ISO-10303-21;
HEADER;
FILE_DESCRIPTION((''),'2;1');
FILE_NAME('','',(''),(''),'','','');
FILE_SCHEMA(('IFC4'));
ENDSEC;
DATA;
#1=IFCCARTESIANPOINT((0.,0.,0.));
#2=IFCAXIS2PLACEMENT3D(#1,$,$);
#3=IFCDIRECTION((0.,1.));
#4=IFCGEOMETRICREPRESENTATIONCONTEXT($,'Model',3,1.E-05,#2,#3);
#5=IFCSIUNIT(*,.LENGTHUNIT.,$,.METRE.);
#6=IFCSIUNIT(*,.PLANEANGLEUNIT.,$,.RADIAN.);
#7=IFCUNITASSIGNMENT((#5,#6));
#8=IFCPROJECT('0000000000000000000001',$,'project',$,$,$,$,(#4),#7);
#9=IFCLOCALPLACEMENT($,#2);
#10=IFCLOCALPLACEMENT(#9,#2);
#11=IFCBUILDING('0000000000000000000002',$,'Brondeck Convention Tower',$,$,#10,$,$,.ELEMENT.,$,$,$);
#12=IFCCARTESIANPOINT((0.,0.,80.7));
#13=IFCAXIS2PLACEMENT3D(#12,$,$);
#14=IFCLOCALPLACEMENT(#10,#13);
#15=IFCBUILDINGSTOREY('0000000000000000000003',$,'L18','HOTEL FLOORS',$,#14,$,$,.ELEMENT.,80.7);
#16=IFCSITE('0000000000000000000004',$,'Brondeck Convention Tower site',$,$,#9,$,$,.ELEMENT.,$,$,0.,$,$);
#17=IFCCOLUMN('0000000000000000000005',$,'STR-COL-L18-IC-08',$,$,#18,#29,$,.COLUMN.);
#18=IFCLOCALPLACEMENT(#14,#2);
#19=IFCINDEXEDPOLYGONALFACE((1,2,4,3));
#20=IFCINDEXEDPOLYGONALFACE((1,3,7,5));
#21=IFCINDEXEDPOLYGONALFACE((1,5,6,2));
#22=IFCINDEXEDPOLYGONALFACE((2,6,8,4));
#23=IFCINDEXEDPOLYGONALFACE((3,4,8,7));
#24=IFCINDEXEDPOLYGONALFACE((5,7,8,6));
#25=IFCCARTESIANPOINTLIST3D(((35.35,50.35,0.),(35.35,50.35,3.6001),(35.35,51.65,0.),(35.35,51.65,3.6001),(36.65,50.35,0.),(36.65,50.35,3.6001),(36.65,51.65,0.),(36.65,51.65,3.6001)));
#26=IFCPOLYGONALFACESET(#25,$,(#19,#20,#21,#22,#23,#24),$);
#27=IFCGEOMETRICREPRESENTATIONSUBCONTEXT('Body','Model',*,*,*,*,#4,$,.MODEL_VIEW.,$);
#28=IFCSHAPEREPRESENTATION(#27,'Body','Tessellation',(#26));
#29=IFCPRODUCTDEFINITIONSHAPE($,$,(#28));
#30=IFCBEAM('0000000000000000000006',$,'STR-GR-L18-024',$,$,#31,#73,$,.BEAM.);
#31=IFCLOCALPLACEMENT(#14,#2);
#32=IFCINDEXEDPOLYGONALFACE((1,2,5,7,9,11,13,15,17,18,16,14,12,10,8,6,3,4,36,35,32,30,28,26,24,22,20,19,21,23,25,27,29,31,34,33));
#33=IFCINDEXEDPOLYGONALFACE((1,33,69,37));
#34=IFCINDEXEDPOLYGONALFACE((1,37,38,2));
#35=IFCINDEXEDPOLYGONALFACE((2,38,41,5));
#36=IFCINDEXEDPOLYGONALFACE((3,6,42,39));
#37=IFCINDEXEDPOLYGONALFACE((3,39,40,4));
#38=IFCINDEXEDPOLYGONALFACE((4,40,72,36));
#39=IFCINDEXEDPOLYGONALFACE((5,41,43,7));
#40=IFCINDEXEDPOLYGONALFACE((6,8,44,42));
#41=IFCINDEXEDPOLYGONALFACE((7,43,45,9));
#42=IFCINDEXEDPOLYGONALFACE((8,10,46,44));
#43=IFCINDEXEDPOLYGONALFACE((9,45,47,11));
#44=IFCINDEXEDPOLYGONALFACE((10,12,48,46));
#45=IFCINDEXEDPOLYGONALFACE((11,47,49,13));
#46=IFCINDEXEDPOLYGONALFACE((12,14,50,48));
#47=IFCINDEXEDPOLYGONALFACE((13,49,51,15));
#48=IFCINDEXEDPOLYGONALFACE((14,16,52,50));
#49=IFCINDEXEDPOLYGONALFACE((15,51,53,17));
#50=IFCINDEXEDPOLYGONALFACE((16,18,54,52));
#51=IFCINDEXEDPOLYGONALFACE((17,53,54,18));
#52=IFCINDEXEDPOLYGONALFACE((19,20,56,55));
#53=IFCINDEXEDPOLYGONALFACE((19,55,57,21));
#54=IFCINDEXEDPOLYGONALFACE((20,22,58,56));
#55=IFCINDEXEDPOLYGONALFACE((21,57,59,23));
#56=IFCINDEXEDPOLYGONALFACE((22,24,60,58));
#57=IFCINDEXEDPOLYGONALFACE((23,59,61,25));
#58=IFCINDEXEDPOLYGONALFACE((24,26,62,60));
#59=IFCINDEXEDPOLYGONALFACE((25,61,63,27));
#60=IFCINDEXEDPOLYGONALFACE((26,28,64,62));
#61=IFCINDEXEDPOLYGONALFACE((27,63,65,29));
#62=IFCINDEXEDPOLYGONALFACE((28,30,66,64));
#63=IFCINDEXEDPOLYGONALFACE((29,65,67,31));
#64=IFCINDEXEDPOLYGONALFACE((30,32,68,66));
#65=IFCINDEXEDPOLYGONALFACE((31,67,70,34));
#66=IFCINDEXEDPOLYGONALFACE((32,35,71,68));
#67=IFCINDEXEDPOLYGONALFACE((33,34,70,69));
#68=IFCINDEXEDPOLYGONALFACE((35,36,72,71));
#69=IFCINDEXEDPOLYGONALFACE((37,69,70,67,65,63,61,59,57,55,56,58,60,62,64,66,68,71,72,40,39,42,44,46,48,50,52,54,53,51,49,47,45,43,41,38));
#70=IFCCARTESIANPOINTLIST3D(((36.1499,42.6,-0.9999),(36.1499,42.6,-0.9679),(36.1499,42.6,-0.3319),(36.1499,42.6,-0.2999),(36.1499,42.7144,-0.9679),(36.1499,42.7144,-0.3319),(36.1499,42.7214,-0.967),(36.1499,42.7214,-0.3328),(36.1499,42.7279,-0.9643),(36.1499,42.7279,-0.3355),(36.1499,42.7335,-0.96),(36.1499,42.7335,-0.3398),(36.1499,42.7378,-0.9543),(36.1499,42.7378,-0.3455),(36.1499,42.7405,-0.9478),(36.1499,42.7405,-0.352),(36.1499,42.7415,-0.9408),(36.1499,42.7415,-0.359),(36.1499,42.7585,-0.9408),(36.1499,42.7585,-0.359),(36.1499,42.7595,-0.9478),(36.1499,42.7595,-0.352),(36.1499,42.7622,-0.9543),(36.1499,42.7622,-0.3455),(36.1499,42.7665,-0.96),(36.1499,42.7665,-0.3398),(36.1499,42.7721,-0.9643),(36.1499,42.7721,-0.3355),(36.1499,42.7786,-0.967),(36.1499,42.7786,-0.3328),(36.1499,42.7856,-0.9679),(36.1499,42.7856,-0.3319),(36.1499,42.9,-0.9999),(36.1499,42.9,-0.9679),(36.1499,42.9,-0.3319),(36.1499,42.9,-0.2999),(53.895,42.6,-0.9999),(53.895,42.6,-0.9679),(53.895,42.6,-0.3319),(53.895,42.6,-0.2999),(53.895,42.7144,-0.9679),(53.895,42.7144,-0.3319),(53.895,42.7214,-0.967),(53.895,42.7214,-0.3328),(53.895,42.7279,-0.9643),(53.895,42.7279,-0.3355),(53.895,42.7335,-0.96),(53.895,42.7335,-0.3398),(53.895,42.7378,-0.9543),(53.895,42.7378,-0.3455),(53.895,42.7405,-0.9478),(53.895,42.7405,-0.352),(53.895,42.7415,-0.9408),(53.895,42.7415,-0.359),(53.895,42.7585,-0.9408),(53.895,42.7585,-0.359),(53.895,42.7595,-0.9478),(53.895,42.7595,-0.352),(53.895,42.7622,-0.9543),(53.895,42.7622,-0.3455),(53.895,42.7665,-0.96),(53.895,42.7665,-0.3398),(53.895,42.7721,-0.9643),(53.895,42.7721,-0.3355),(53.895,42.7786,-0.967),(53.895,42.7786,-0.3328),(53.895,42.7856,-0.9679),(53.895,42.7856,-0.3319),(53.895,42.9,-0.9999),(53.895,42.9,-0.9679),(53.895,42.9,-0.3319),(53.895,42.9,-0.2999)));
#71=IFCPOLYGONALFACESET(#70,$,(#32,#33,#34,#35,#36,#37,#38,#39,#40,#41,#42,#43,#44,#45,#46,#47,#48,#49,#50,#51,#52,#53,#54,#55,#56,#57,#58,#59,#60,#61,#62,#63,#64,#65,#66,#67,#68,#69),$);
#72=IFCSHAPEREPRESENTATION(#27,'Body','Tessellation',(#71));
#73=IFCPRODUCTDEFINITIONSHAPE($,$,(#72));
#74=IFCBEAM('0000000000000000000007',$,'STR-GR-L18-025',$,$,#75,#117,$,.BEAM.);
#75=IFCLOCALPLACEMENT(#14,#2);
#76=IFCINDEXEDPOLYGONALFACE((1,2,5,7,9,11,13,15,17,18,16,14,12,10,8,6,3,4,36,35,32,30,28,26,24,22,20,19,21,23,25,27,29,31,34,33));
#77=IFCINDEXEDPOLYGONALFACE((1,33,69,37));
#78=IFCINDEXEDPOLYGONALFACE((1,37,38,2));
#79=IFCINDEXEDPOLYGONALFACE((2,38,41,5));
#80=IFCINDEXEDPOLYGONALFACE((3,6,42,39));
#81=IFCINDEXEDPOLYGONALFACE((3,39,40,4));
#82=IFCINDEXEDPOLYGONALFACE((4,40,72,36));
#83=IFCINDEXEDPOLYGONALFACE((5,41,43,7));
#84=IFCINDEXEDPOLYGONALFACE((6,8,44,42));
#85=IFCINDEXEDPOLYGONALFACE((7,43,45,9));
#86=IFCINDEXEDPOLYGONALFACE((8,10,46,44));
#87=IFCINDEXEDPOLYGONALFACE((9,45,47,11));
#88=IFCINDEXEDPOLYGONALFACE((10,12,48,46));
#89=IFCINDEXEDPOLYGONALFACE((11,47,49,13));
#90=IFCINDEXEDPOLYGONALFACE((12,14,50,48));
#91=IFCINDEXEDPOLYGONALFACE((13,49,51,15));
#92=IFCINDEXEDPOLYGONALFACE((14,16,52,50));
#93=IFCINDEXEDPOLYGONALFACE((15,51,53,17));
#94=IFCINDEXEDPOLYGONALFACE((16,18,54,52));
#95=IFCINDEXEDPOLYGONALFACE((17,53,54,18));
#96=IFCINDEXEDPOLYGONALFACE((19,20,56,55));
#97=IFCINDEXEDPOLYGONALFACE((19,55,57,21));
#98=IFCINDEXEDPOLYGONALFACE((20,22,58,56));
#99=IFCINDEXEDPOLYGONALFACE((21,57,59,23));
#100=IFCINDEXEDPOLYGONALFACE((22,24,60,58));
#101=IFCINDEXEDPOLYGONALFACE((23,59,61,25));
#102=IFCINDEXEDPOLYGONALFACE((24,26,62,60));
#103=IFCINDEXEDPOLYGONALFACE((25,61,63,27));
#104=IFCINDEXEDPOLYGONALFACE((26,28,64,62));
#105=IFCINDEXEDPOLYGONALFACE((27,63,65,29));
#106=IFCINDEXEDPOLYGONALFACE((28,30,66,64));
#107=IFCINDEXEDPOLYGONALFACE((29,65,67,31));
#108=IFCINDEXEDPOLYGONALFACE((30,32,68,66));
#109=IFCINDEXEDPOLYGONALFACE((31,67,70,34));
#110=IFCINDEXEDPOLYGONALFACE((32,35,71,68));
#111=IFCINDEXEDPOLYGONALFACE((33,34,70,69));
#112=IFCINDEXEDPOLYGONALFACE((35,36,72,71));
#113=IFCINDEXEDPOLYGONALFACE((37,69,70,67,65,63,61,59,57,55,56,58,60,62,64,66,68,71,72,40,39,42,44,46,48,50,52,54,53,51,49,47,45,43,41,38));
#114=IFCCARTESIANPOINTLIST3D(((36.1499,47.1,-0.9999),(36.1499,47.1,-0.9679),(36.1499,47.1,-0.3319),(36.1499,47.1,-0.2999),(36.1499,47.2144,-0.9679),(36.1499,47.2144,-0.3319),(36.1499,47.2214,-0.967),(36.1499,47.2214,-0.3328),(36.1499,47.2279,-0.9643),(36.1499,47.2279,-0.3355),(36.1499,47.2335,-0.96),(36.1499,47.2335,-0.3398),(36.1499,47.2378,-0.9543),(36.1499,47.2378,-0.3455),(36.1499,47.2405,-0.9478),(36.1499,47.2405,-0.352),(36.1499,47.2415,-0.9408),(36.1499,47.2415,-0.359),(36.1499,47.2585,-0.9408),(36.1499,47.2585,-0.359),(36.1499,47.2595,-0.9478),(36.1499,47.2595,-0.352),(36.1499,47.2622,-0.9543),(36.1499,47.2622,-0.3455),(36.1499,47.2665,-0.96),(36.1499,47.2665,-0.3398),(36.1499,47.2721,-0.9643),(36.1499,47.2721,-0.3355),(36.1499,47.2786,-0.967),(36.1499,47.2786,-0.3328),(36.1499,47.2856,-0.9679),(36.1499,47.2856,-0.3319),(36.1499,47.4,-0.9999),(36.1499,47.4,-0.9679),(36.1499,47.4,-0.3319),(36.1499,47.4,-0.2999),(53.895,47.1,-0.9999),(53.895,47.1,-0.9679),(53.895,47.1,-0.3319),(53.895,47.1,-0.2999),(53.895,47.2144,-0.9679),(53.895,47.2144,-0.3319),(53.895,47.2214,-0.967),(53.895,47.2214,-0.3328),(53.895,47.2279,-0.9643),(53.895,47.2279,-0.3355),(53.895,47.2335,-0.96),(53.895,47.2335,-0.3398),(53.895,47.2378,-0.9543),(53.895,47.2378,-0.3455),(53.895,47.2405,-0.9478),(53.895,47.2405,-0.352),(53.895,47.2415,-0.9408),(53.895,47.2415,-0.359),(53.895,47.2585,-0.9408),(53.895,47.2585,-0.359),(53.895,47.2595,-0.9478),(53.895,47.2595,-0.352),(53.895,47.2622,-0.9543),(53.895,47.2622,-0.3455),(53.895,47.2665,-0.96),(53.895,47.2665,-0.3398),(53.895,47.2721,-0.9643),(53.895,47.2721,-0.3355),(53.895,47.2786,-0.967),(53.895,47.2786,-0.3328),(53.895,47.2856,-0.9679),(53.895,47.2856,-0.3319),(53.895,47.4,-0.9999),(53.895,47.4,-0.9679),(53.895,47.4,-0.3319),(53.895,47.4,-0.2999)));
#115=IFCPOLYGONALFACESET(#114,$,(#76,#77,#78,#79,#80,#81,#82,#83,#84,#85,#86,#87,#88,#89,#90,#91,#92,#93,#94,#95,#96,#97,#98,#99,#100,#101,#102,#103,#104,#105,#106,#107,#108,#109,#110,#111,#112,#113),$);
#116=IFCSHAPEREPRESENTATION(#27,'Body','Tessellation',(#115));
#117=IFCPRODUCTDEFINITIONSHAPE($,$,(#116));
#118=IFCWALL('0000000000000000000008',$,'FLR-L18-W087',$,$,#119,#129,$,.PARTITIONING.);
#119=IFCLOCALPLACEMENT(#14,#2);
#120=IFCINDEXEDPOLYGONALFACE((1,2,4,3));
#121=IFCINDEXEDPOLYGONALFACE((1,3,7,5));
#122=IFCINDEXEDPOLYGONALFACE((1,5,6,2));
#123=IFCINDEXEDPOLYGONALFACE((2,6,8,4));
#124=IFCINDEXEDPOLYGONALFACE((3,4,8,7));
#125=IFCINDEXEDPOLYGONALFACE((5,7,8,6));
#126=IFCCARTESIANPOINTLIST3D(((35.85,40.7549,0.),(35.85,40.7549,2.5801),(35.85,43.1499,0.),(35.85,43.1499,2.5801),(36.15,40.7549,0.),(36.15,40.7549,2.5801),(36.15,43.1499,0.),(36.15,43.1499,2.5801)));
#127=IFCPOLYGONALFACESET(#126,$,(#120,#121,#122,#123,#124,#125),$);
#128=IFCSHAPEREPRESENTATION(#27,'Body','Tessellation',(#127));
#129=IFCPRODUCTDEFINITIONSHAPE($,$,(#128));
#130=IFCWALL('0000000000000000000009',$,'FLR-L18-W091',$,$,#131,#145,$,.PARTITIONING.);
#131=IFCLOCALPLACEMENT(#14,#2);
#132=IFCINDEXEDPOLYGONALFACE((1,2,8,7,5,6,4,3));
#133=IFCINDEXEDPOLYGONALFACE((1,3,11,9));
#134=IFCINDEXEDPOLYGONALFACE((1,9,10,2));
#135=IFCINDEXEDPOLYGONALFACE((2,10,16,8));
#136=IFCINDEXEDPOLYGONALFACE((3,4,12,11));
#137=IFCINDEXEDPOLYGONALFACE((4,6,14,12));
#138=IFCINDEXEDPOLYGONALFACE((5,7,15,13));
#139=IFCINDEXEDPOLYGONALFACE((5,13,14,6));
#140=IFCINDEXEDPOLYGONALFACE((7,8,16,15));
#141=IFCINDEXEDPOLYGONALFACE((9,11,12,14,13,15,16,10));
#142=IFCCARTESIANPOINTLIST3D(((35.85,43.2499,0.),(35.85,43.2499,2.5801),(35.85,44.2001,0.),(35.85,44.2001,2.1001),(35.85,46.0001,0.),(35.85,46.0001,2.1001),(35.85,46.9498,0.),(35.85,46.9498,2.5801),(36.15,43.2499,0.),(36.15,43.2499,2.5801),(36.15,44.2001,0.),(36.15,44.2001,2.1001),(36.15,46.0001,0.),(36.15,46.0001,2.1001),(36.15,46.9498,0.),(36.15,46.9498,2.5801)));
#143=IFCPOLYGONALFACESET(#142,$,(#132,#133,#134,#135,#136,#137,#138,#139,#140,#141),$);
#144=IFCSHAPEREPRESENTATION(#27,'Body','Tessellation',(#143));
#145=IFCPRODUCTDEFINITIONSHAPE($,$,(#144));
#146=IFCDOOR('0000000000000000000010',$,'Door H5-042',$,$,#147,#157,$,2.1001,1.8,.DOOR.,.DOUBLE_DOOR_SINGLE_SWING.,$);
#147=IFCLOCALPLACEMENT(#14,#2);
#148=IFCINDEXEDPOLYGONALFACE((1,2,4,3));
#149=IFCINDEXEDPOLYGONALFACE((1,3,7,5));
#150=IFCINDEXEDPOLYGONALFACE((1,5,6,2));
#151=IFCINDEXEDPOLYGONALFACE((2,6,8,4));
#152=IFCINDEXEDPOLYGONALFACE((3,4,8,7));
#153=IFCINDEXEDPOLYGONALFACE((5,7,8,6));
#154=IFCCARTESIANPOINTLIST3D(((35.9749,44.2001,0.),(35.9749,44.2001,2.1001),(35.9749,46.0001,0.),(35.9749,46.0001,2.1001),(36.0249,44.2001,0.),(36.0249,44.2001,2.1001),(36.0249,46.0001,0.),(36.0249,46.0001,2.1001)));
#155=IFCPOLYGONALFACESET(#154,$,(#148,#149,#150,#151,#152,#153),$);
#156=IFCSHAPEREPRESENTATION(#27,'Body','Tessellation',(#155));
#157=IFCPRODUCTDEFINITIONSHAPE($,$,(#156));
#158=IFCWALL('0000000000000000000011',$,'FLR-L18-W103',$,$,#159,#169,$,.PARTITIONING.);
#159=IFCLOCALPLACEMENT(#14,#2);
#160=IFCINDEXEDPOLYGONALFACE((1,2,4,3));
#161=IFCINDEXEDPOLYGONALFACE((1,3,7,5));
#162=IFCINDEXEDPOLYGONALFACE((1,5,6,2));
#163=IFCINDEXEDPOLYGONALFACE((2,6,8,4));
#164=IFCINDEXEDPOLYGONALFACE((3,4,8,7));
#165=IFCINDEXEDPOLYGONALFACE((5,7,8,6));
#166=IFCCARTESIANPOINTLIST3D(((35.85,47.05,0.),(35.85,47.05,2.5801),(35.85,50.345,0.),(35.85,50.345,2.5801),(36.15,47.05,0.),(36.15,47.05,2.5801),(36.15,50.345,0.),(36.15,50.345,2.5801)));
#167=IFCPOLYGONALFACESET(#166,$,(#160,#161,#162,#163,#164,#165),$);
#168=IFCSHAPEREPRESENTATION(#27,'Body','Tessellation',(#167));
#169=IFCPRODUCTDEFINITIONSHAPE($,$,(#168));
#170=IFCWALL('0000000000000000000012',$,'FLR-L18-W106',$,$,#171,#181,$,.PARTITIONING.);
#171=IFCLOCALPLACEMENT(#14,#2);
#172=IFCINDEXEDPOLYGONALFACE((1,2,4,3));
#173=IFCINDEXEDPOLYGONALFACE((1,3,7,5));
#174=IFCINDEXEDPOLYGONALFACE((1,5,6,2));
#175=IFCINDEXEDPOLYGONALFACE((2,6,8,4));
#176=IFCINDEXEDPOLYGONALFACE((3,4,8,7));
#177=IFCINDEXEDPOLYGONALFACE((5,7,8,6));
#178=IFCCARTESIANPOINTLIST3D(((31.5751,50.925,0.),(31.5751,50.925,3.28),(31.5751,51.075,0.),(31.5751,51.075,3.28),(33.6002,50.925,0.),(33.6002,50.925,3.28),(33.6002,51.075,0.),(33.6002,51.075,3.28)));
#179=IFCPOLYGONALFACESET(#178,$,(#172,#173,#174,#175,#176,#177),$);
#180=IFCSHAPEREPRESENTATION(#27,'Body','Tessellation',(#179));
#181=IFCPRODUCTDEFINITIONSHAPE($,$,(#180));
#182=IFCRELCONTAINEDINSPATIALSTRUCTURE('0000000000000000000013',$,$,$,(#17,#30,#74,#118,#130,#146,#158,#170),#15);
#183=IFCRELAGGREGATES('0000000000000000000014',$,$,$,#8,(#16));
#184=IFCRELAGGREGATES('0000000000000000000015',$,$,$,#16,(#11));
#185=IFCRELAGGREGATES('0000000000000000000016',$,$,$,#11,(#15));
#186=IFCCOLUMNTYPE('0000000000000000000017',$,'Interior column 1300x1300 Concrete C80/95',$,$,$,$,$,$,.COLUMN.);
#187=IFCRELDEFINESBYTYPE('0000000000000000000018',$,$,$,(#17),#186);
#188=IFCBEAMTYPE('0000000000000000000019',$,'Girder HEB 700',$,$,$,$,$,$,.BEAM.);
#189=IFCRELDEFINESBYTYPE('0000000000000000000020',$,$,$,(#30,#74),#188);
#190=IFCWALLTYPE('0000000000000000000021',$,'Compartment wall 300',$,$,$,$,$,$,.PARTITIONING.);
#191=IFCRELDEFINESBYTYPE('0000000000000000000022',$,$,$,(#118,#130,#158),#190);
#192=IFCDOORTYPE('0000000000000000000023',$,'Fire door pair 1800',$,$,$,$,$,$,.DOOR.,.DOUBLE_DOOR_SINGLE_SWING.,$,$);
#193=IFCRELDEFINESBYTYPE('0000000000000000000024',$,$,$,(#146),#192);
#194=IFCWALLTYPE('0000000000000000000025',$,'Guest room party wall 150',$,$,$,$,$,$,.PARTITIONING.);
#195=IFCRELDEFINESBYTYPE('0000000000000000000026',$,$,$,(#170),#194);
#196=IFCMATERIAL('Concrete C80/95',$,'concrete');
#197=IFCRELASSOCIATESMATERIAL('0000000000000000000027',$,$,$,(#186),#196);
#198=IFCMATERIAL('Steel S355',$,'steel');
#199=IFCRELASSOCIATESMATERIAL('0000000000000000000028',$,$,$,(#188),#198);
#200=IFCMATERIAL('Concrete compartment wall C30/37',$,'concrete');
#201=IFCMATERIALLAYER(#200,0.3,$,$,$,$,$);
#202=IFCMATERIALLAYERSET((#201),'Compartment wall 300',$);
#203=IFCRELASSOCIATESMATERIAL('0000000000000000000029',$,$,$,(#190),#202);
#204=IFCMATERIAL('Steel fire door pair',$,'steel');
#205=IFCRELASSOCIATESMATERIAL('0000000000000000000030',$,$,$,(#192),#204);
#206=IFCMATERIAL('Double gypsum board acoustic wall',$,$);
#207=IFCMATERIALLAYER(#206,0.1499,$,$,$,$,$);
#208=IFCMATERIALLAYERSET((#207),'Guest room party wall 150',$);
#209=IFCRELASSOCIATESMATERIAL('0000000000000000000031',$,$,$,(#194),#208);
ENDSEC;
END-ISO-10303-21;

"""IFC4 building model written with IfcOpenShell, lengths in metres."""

from ifc_helpers import new_model, si_unit, direction, frame, frame_2d, origin, origin_2d, place, context, subcontext, project, spatial, rectangle, i_section, extrude, material, layer, layer_set, material_profile, profile_set, type_object, element, fill, save


model = new_model("IFC4")

# Units and contexts
model_context = context("Model", 3, precision=1e-05, world=origin(), true_north=direction((0.0, 1.0)))
body_context = subcontext(model_context, "Body", "Model", "MODEL_VIEW")
ifc_project = project(units=[si_unit("LENGTHUNIT", "METRE"), si_unit("PLANEANGLEUNIT", "RADIAN")], contexts=[model_context])

# Site, building, storey
site_placement = place(None, origin())
site = spatial("IfcSite", under=ifc_project, at=site_placement, Name="Brondeck Convention Tower site", CompositionType="ELEMENT", RefElevation=0.0)
building_placement = place(site_placement, origin())
building = spatial("IfcBuilding", under=site, at=building_placement, Name="Brondeck Convention Tower", CompositionType="ELEMENT")
storey_placement = place(building_placement, frame((0.0, 0.0, 80.7)))
storey = spatial("IfcBuildingStorey", under=building, at=storey_placement, Name="L18", Description="HOTEL FLOORS", CompositionType="ELEMENT", Elevation=80.7)

# Column
ifc_material_1 = material(Name="Concrete C80/95", Category="concrete")
ifc_material_profile_1 = material_profile(ifc_material_1, rectangle(XDim=1.3, YDim=1.3, at=origin_2d()), Name="Interior column 1300x1300 Concrete C80/95")
ifc_profile_set_1 = profile_set([ifc_material_profile_1], Name="Concrete C80/95")
column_type = type_object("IfcColumnType", Name="Interior column 1300x1300 Concrete C80/95", PredefinedType="COLUMN", material=ifc_profile_set_1)
column_placement = place(storey_placement, frame((36.0, 51.0, 0.0), z_axis=(0.0, 0.0, 1.0), x_axis=(1.0, 0.0, 0.0)))
element("IfcColumn", 1, at=column_placement, inside=storey, type_object=column_type, Name="STR-COL-L18-IC-08", PredefinedType="COLUMN", context=body_context, shape_type="SweptSolid", body=[
    extrude(rectangle(XDim=1.3, YDim=1.3, at=origin_2d()), origin(), (0.0, 0.0, 1.0), 3.6001),
])

# Beams
ifc_material_2 = material(Name="Steel S355", Category="steel")
ifc_material_profile_2 = material_profile(ifc_material_2, i_section(OverallWidth=0.3, OverallDepth=0.7, WebThickness=0.0171, FlangeThickness=0.032, FilletRadius=0.0271, at=origin_2d()), Name="HEB 700")
ifc_profile_set_2 = profile_set([ifc_material_profile_2], Name="Steel S355")
beam_type = type_object("IfcBeamType", Name="Girder HEB 700", PredefinedType="BEAM", material=ifc_profile_set_2)
for number, where, z_axis, x_axis, name in (
    (2, (36.1499, 42.75, -0.6499), (1.0, 0.0, 0.0), (0.0, 1.0, 0.0), "STR-GR-L18-024"),
    (3, (36.1499, 47.25, -0.6499), (1.0, 0.0, 0.0), (0.0, 1.0, 0.0), "STR-GR-L18-025"),
):
    element("IfcBeam", number, at=place(storey_placement, frame(where, z_axis=z_axis, x_axis=x_axis)), inside=storey, type_object=beam_type, Name=name, PredefinedType="BEAM", context=body_context, shape_type="SweptSolid", body=[
        extrude(i_section(OverallWidth=0.3, OverallDepth=0.7, WebThickness=0.0171, FlangeThickness=0.032, FilletRadius=0.0271, at=origin_2d()), origin(), (0.0, 0.0, 1.0), 17.7451),
    ])

# Wall
ifc_material_3 = material(Name="Concrete compartment wall C30/37", Category="concrete")
ifc_layer_1 = layer(ifc_material_3, 0.3)
ifc_layer_set_1 = layer_set([ifc_layer_1], Name="Compartment wall 300")
wall_type_1 = type_object("IfcWallType", Name="Compartment wall 300", PredefinedType="PARTITIONING", material=ifc_layer_set_1)
wall_1_placement = place(storey_placement, frame((36.0, 43.1499, 0.0), z_axis=(0.0, 0.0, 1.0), x_axis=(0.0, -1.0, 0.0)))
element("IfcWall", 4, at=wall_1_placement, inside=storey, type_object=wall_type_1, Name="FLR-L18-W087", PredefinedType="PARTITIONING", context=body_context, shape_type="SweptSolid", body=[
    extrude(rectangle(XDim=2.395, YDim=0.3, at=frame_2d((1.1975, 0.0))), origin(), (0.0, 0.0, 1.0), 2.5801),
])

# Wall, opening, door
wall_2_placement = place(storey_placement, frame((36.0, 46.95, 0.0), z_axis=(0.0, 0.0, 1.0), x_axis=(0.0, -1.0, 0.0)))
wall_2 = element("IfcWall", 5, at=wall_2_placement, inside=storey, type_object=wall_type_1, Name="FLR-L18-W091", PredefinedType="PARTITIONING", context=body_context, shape_type="SweptSolid", body=[
    extrude(rectangle(XDim=3.7, YDim=0.3, at=frame_2d((1.8501, 0.0))), origin(), (0.0, 0.0, 1.0), 2.5801),
])
opening_1_placement = place(wall_2_placement, frame((0.95, 0.0, 0.0)))
opening_1 = element("IfcOpeningElement", 6, at=opening_1_placement, cuts=wall_2, PredefinedType="OPENING", context=body_context, shape_type="SweptSolid", body=[
    extrude(rectangle(XDim=1.8, YDim=2.1001, at=frame_2d((0.8999, 1.05))), frame((0.0, 0.1599, 0.0), z_axis=(0.0, -1.0, 0.0), x_axis=(1.0, 0.0, 0.0)), (0.0, 0.0, 1.0), 0.3201),
])
ifc_material_4 = material(Name="Steel fire door pair", Category="steel")
door_type_1 = type_object("IfcDoorType", Name="Fire door pair 1800", OperationType="DOUBLE_DOOR_SINGLE_SWING", PredefinedType="DOOR", material=ifc_material_4)
door_1_placement = place(opening_1_placement, origin())
door_1 = element("IfcDoor", 7, at=door_1_placement, inside=storey, type_object=door_type_1, Name="Door H5-042", OperationType="DOUBLE_DOOR_SINGLE_SWING", OverallHeight=2.1001, OverallWidth=1.8, PredefinedType="DOOR", context=body_context, shape_type="SweptSolid", body=[
    extrude(rectangle(XDim=1.8, YDim=2.1001, at=frame_2d((0.8999, 1.05))), frame((0.0, 0.0249, 0.0), z_axis=(0.0, -1.0, 0.0), x_axis=(1.0, 0.0, 0.0)), (0.0, 0.0, 1.0), 0.05),
])
fill(opening_1, door_1)

# Walls
wall_3_placement = place(storey_placement, frame((36.0, 50.345, 0.0), z_axis=(0.0, 0.0, 1.0), x_axis=(0.0, -1.0, 0.0)))
element("IfcWall", 8, at=wall_3_placement, inside=storey, type_object=wall_type_1, Name="FLR-L18-W103", PredefinedType="PARTITIONING", context=body_context, shape_type="SweptSolid", body=[
    extrude(rectangle(XDim=3.2949, YDim=0.3, at=frame_2d((1.6475, 0.0))), origin(), (0.0, 0.0, 1.0), 2.5801),
])
ifc_material_5 = material(Name="Double gypsum board acoustic wall")
ifc_layer_2 = layer(ifc_material_5, 0.1499)
ifc_layer_set_2 = layer_set([ifc_layer_2], Name="Guest room party wall 150")
wall_type_2 = type_object("IfcWallType", Name="Guest room party wall 150", PredefinedType="PARTITIONING", material=ifc_layer_set_2)
wall_4_placement = place(storey_placement, frame((31.575, 51.0, 0.0), z_axis=(0.0, 0.0, 1.0), x_axis=(1.0, 0.0, 0.0)))
element("IfcWall", 9, at=wall_4_placement, inside=storey, type_object=wall_type_2, Name="FLR-L18-W106", PredefinedType="PARTITIONING", context=body_context, shape_type="SweptSolid", body=[
    extrude(rectangle(XDim=2.0251, YDim=0.1499, at=frame_2d((1.0127, 0.0))), origin(), (0.0, 0.0, 1.0), 3.28),
])

save(model, "model.ifc")
